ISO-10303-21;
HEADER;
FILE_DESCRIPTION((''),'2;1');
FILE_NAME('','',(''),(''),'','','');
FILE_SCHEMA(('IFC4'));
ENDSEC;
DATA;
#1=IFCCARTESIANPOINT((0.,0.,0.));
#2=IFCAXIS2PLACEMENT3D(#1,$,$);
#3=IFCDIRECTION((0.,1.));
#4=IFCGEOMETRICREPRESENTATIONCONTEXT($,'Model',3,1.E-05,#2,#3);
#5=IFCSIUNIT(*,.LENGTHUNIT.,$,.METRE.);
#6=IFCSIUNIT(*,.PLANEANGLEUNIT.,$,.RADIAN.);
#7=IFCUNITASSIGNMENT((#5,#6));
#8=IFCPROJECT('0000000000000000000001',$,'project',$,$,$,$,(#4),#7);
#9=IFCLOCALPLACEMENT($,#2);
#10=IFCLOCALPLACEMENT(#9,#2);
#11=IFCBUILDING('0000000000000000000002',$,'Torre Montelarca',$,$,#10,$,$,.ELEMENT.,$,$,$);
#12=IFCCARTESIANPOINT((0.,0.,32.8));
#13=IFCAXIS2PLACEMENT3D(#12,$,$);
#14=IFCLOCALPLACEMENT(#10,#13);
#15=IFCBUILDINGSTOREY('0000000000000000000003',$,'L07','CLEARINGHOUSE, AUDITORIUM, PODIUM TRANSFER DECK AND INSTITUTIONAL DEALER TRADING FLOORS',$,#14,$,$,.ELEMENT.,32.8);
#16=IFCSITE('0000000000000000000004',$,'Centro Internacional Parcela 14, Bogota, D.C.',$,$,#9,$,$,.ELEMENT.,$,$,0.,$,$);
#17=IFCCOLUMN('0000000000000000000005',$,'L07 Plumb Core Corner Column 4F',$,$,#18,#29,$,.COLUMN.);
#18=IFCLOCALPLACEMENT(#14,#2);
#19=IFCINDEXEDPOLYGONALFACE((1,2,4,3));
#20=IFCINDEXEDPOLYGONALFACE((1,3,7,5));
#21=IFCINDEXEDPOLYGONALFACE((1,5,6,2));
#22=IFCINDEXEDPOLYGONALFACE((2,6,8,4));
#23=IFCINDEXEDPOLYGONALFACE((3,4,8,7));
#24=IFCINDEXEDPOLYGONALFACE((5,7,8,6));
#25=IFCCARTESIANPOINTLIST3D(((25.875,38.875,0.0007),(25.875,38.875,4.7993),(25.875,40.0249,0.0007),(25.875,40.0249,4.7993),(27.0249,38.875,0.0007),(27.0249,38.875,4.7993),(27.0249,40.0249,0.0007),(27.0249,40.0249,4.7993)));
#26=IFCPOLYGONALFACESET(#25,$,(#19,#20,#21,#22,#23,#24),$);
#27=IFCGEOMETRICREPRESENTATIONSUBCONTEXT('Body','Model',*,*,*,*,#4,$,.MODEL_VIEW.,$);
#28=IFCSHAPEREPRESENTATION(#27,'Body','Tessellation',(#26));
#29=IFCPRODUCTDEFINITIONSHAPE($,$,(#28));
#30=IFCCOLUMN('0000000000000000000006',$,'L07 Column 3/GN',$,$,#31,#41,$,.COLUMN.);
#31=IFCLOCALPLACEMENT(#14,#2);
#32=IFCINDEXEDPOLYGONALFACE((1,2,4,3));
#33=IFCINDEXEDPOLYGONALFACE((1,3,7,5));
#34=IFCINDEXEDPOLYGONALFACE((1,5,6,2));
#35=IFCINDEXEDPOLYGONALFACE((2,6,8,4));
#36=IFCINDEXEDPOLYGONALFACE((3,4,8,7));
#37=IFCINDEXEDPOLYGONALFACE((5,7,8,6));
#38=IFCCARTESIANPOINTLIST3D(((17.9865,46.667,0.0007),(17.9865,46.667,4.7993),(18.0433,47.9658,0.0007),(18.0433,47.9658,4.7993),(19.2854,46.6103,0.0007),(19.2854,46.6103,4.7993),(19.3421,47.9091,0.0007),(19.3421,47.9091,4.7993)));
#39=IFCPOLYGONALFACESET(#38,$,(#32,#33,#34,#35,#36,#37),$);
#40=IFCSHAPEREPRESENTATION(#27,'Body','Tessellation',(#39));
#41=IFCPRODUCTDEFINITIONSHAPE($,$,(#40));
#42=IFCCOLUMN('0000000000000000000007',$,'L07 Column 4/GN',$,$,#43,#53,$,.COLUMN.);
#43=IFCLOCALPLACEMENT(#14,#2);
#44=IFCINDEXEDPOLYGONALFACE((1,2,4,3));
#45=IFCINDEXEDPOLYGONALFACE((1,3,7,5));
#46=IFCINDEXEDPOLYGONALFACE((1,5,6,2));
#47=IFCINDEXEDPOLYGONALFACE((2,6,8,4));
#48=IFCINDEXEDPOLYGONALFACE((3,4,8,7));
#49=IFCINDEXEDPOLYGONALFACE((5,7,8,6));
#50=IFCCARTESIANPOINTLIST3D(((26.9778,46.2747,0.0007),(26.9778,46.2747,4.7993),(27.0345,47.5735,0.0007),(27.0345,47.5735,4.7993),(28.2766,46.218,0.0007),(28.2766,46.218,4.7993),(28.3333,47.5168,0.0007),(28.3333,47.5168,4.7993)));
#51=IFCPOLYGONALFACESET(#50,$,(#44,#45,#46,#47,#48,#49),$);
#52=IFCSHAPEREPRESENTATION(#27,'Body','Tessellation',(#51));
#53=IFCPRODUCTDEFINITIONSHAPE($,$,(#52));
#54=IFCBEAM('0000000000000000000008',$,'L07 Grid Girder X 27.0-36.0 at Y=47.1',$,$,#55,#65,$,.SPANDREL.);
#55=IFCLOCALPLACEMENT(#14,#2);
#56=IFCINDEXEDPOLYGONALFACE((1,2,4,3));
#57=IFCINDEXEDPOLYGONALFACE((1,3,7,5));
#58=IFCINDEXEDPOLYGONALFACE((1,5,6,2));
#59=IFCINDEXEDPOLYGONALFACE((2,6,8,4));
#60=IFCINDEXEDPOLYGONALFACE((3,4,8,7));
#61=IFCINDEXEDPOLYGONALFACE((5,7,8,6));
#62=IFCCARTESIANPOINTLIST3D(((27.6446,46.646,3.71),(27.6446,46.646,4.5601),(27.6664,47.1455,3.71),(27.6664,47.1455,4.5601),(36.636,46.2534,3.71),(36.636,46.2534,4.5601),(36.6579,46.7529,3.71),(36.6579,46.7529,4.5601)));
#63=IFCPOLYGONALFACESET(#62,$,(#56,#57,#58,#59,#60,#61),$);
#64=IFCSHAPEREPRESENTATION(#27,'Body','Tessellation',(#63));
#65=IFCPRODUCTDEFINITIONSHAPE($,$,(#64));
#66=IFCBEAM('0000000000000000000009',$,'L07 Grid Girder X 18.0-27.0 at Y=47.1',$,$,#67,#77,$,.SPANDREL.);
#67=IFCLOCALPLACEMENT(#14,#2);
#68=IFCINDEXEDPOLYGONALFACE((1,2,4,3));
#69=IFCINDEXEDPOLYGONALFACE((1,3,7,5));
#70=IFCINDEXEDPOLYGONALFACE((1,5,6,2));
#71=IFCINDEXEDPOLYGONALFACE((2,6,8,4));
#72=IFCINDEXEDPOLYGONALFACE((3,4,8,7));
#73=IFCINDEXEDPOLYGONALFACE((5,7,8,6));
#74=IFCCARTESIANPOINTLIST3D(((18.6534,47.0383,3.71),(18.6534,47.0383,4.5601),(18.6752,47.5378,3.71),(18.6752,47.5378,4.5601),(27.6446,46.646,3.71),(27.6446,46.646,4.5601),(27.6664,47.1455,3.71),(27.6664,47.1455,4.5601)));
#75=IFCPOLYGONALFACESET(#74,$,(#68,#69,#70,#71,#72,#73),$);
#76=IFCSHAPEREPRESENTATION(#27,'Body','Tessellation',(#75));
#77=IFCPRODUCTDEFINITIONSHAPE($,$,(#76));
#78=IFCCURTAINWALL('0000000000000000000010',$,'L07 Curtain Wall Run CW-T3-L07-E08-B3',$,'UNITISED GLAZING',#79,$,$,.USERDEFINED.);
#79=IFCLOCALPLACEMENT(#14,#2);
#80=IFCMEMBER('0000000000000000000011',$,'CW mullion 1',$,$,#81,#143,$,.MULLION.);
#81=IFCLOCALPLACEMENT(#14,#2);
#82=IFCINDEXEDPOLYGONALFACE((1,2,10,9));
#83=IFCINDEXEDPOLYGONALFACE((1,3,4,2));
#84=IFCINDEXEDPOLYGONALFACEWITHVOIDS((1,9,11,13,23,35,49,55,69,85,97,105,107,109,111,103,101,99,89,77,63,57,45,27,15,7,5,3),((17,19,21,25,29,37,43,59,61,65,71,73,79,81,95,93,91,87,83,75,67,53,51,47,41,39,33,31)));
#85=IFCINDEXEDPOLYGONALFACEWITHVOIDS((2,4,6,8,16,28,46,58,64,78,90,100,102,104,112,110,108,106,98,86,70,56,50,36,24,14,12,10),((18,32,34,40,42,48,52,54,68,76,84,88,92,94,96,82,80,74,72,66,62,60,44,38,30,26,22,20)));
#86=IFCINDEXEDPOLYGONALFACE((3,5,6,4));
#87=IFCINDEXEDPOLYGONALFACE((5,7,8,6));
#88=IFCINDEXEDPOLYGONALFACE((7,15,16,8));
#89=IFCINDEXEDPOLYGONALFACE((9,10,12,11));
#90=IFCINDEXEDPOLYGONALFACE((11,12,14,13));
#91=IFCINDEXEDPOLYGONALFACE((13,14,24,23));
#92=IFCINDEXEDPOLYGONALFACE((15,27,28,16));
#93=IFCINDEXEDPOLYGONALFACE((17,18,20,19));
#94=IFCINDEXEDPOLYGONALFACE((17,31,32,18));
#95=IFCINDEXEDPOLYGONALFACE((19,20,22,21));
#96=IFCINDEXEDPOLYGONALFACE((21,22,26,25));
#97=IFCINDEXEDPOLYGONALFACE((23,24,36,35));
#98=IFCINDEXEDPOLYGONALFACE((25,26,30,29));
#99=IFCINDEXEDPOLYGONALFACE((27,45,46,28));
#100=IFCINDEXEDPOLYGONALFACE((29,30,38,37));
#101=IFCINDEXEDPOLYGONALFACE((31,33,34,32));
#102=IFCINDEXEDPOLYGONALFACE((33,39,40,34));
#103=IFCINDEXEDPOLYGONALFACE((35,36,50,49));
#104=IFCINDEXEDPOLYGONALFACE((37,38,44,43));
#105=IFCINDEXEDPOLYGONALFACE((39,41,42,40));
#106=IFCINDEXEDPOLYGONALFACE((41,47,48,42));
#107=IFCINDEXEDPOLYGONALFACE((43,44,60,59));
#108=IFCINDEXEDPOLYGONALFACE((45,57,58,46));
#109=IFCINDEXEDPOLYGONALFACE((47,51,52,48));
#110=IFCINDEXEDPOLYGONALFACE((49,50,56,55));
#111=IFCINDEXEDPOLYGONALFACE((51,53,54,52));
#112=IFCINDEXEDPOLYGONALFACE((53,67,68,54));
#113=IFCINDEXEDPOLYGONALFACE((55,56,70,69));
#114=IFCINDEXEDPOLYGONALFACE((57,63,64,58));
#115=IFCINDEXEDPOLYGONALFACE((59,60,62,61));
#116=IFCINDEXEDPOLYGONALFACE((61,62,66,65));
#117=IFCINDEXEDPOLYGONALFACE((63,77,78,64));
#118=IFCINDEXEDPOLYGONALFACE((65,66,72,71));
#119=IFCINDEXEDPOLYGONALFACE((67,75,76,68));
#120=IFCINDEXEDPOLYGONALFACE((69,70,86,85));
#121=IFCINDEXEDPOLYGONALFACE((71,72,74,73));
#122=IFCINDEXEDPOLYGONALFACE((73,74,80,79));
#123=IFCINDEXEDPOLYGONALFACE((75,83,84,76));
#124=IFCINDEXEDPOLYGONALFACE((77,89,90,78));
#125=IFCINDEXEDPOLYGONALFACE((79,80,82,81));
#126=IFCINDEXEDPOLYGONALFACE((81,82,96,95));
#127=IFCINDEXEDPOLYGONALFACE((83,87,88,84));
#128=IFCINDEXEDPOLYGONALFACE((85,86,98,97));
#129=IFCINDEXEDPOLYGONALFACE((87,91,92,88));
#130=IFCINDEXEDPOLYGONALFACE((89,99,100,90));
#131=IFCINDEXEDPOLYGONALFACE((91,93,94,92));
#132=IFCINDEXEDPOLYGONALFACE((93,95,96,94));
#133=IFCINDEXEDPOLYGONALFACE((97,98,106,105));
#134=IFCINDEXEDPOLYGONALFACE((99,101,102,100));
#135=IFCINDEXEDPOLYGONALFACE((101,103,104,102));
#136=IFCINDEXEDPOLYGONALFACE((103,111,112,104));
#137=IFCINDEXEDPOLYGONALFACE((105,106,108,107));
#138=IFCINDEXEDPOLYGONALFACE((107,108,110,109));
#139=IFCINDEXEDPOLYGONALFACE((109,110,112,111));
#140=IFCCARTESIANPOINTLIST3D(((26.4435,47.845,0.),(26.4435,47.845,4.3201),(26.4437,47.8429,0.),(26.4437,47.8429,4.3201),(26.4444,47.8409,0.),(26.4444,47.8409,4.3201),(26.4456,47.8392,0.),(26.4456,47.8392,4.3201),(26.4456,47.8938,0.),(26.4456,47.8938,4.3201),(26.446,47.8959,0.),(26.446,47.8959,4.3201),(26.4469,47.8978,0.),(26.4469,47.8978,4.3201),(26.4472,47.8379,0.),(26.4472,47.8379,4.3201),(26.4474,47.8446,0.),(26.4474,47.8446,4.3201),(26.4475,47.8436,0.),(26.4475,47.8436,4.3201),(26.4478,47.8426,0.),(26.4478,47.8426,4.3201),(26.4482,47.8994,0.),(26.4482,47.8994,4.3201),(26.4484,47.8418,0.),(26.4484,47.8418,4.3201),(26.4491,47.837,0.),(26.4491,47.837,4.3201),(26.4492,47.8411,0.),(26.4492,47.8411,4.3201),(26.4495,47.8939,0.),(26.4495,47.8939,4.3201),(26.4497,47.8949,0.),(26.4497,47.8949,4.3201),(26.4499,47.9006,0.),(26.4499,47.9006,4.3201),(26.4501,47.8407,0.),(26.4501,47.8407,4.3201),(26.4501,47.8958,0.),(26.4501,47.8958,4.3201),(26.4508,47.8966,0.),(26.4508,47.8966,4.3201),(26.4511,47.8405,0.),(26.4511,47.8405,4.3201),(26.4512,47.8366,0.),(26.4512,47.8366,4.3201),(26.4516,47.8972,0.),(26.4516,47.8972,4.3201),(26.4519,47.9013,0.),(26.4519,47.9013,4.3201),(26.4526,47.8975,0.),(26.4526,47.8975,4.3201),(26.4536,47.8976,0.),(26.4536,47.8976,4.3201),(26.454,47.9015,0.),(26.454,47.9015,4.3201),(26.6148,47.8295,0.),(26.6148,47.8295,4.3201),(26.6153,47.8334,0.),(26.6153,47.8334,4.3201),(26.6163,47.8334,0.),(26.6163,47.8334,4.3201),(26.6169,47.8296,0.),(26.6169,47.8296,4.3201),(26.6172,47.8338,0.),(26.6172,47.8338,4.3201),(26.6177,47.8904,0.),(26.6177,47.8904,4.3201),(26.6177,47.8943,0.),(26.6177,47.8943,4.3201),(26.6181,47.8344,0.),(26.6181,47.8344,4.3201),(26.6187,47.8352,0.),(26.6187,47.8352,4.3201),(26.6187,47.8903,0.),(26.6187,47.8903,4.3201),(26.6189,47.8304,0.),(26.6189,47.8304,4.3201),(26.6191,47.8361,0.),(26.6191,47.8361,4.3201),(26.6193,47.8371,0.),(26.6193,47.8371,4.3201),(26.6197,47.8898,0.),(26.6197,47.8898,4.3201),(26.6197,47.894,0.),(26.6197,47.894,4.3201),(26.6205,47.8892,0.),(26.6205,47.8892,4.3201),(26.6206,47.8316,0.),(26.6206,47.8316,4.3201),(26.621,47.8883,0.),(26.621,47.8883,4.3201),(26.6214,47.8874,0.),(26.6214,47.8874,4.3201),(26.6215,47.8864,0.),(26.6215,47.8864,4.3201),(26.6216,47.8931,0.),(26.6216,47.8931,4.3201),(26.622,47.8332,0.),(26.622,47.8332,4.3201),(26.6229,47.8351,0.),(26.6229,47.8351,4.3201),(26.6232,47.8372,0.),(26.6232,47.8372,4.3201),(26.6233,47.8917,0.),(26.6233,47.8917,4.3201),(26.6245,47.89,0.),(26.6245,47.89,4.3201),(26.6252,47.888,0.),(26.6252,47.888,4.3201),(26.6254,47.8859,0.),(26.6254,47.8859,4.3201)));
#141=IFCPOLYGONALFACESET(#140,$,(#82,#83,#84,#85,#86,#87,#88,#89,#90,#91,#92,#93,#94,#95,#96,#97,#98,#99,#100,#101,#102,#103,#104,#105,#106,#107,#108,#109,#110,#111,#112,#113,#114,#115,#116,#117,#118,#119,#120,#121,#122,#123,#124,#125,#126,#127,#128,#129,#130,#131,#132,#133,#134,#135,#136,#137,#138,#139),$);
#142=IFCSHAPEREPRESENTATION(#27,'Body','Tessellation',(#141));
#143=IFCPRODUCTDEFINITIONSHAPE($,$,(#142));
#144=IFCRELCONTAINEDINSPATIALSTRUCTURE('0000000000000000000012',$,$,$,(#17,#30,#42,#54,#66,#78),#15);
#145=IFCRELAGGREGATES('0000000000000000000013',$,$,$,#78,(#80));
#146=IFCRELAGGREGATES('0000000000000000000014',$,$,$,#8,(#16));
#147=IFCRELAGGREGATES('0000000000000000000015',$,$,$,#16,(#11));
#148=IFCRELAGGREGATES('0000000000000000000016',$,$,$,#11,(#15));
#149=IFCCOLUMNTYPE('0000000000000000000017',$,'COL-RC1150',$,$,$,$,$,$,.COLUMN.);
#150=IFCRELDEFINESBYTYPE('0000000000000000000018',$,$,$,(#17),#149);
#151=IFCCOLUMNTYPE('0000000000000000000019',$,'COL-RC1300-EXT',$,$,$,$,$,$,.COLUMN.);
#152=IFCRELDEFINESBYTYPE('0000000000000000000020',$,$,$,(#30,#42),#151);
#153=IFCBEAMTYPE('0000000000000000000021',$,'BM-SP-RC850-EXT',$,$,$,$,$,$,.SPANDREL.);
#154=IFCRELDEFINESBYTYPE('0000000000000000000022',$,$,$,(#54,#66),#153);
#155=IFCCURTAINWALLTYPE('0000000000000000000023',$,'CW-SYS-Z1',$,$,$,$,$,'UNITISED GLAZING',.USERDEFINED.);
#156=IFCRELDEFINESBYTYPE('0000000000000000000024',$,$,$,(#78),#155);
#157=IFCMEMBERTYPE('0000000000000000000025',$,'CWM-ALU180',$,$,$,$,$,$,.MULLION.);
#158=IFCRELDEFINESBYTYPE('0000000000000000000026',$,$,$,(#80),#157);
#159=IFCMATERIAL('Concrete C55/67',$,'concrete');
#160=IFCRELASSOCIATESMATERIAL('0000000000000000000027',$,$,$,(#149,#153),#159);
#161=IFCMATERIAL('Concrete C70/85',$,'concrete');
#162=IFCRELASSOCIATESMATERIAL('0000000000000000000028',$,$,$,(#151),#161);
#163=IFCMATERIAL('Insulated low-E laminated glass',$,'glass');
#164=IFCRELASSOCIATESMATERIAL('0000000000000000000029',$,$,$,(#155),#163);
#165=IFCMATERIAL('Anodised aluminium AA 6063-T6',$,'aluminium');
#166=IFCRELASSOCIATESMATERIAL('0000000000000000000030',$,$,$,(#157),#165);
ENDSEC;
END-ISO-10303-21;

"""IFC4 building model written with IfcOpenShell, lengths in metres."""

from ifc_helpers import new_model, si_unit, direction, frame, origin, origin_2d, place, context, subcontext, project, spatial, rectangle, hollow_rectangle, extrude, source, transform, mapped, material, material_profile, profile_set, type_object, element, aggregate, save


model = new_model("IFC4")

# Units and contexts
model_context = context("Model", 3, precision=1e-05, world=origin(), true_north=direction((0.0, 1.0)))
body_context = subcontext(model_context, "Body", "Model", "MODEL_VIEW")
ifc_project = project(units=[si_unit("LENGTHUNIT", "METRE"), si_unit("PLANEANGLEUNIT", "RADIAN")], contexts=[model_context])

# Site, building, storey
site_placement = place(None, origin())
site = spatial("IfcSite", under=ifc_project, at=site_placement, Name="Centro Internacional Parcela 14, Bogota, D.C.", CompositionType="ELEMENT", RefElevation=0.0)
building_placement = place(site_placement, origin())
building = spatial("IfcBuilding", under=site, at=building_placement, Name="Torre Montelarca", CompositionType="ELEMENT")
storey_placement = place(building_placement, frame((0.0, 0.0, 32.8)))
storey = spatial("IfcBuildingStorey", under=building, at=storey_placement, Name="L07", Description="CLEARINGHOUSE, AUDITORIUM, PODIUM TRANSFER DECK AND INSTITUTIONAL DEALER TRADING FLOORS", CompositionType="ELEMENT", Elevation=32.8)

# Columns
ifc_material_1 = material(Name="Concrete C55/67", Category="concrete")
ifc_material_profile_1 = material_profile(ifc_material_1, rectangle(XDim=1.1499, YDim=1.1499, at=origin_2d()), Name="RC1150X1150", Category="concrete")
ifc_profile_set_1 = profile_set([ifc_material_profile_1], Name="Concrete C55/67")
column_type_1 = type_object("IfcColumnType", Name="COL-RC1150", PredefinedType="COLUMN", material=ifc_profile_set_1)
shared_shape_1 = source(origin(), body_context, "Body", "SweptSolid", [
    extrude(rectangle(XDim=1.1499, YDim=1.1499, at=origin_2d()), origin(), (0.0, 0.0, 1.0), 4.7986),
])
column_placement = place(storey_placement, frame((26.45, 39.45, 0.0007), z_axis=(0.0, 0.0, 1.0), x_axis=(1.0, 0.0, 0.0)))
element("IfcColumn", 1, at=column_placement, inside=storey, type_object=column_type_1, Name="L07 Plumb Core Corner Column 4F", PredefinedType="COLUMN", context=body_context, shape_type="MappedRepresentation", body=[
    mapped(shared_shape_1, transform((0.0, 0.0, 0.0), scale=1.0)),
])
ifc_material_2 = material(Name="Concrete C70/85", Category="concrete")
ifc_material_profile_2 = material_profile(ifc_material_2, rectangle(XDim=1.3, YDim=1.3, at=origin_2d()), Name="RC1300X1300", Category="concrete")
ifc_profile_set_2 = profile_set([ifc_material_profile_2], Name="Concrete C70/85")
column_type_2 = type_object("IfcColumnType", Name="COL-RC1300-EXT", PredefinedType="COLUMN", material=ifc_profile_set_2)
shared_shape_2 = source(origin(), body_context, "Body", "SweptSolid", [
    extrude(rectangle(XDim=1.3, YDim=1.3, at=origin_2d()), origin(), (0.0, 0.0, 1.0), 4.7986),
])
for number, where, z_axis, x_axis, name in (
    (2, (18.6643, 47.2881, 0.0007), (0.0, 0.0, 1.0), (-0.999048, 0.043619, 0.0), "L07 Column 3/GN"),
    (3, (27.6555, 46.8958, 0.0007), (0.0, 0.0, 1.0), (-0.999048, 0.043619, 0.0), "L07 Column 4/GN"),
):
    element("IfcColumn", number, at=place(storey_placement, frame(where, z_axis=z_axis, x_axis=x_axis)), inside=storey, type_object=column_type_2, Name=name, PredefinedType="COLUMN", context=body_context, shape_type="MappedRepresentation", body=[
        mapped(shared_shape_2, transform((0.0, 0.0, 0.0), scale=1.0)),
    ])

# Beams
ifc_material_profile_3 = material_profile(ifc_material_1, rectangle(XDim=0.5, YDim=0.8501, at=origin_2d()), Name="RCB500X850", Category="concrete")
ifc_profile_set_3 = profile_set([ifc_material_profile_3], Name="Concrete C55/67")
beam_type = type_object("IfcBeamType", Name="BM-SP-RC850-EXT", PredefinedType="SPANDREL", material=ifc_profile_set_3)
shared_shape_3 = source(origin(), body_context, "Body", "SweptSolid", [
    extrude(rectangle(XDim=0.5, YDim=0.8501, at=origin_2d()), origin(), (0.0, 0.0, 1.0), 9.0),
])
beam_1_placement = place(storey_placement, frame((27.6555, 46.8958, 4.135), z_axis=(0.999048, -0.04362, 0.0), x_axis=(0.04362, 0.999048, 0.0)))
element("IfcBeam", 4, at=beam_1_placement, inside=storey, type_object=beam_type, Name="L07 Grid Girder X 27.0-36.0 at Y=47.1", PredefinedType="SPANDREL", context=body_context, shape_type="MappedRepresentation", body=[
    mapped(shared_shape_3, transform((0.0, 0.0, 0.0), scale=1.0)),
])
shared_shape_4 = source(origin(), body_context, "Body", "SweptSolid", [
    extrude(rectangle(XDim=0.5, YDim=0.8501, at=origin_2d()), origin(), (0.0, 0.0, 1.0), 8.9998),
])
beam_2_placement = place(storey_placement, frame((18.6643, 47.2881, 4.135), z_axis=(0.999049, -0.043594, 0.0), x_axis=(0.043594, 0.999049, 0.0)))
element("IfcBeam", 5, at=beam_2_placement, inside=storey, type_object=beam_type, Name="L07 Grid Girder X 18.0-27.0 at Y=47.1", PredefinedType="SPANDREL", context=body_context, shape_type="MappedRepresentation", body=[
    mapped(shared_shape_4, transform((0.0, 0.0, 0.0), scale=1.0)),
])

# Curtain wall, member
ifc_material_3 = material(Name="Insulated low-E laminated glass", Category="glass")
curtain_wall_type = type_object("IfcCurtainWallType", Name="CW-SYS-Z1", ElementType="UNITISED GLAZING", PredefinedType="USERDEFINED", material=ifc_material_3)
curtain_wall_1_placement = place(storey_placement, origin())
curtain_wall_1 = element("IfcCurtainWall", 6, at=curtain_wall_1_placement, inside=storey, type_object=curtain_wall_type, Name="L07 Curtain Wall Run CW-T3-L07-E08-B3", ObjectType="UNITISED GLAZING", PredefinedType="USERDEFINED")
ifc_material_4 = material(Name="Anodised aluminium AA 6063-T6", Category="aluminium")
ifc_material_profile_4 = material_profile(ifc_material_4, hollow_rectangle(XDim=0.0649, YDim=0.1799, WallThickness=0.0039, InnerFilletRadius=0.0039, OuterFilletRadius=0.0081, at=origin_2d()), Name="ALU65X180X4", Category="aluminium")
ifc_profile_set_4 = profile_set([ifc_material_profile_4], Name="Anodised aluminium AA 6063-T6")
member_type_1 = type_object("IfcMemberType", Name="CWM-ALU180", PredefinedType="MULLION", material=ifc_profile_set_4)
shared_shape_5 = source(origin(), body_context, "Body", "SweptSolid", [
    extrude(hollow_rectangle(XDim=0.0649, YDim=0.1799, WallThickness=0.0039, InnerFilletRadius=0.0039, OuterFilletRadius=0.0081, at=origin_2d()), origin(), (0.0, 0.0, 1.0), 4.3201),
])
member_1_placement = place(storey_placement, frame((26.5344, 47.8655, 0.0), z_axis=(0.0, 0.0, 1.0), x_axis=(-0.043636, -0.999048, 0.0)))
member_1 = element("IfcMember", 7, at=member_1_placement, type_object=member_type_1, Name="CW mullion 1", PredefinedType="MULLION", context=body_context, shape_type="MappedRepresentation", body=[
    mapped(shared_shape_5, transform((0.0, 0.0, 0.0), scale=1.0)),
])

aggregate(curtain_wall_1, [member_1])

save(model, "model.ifc")
